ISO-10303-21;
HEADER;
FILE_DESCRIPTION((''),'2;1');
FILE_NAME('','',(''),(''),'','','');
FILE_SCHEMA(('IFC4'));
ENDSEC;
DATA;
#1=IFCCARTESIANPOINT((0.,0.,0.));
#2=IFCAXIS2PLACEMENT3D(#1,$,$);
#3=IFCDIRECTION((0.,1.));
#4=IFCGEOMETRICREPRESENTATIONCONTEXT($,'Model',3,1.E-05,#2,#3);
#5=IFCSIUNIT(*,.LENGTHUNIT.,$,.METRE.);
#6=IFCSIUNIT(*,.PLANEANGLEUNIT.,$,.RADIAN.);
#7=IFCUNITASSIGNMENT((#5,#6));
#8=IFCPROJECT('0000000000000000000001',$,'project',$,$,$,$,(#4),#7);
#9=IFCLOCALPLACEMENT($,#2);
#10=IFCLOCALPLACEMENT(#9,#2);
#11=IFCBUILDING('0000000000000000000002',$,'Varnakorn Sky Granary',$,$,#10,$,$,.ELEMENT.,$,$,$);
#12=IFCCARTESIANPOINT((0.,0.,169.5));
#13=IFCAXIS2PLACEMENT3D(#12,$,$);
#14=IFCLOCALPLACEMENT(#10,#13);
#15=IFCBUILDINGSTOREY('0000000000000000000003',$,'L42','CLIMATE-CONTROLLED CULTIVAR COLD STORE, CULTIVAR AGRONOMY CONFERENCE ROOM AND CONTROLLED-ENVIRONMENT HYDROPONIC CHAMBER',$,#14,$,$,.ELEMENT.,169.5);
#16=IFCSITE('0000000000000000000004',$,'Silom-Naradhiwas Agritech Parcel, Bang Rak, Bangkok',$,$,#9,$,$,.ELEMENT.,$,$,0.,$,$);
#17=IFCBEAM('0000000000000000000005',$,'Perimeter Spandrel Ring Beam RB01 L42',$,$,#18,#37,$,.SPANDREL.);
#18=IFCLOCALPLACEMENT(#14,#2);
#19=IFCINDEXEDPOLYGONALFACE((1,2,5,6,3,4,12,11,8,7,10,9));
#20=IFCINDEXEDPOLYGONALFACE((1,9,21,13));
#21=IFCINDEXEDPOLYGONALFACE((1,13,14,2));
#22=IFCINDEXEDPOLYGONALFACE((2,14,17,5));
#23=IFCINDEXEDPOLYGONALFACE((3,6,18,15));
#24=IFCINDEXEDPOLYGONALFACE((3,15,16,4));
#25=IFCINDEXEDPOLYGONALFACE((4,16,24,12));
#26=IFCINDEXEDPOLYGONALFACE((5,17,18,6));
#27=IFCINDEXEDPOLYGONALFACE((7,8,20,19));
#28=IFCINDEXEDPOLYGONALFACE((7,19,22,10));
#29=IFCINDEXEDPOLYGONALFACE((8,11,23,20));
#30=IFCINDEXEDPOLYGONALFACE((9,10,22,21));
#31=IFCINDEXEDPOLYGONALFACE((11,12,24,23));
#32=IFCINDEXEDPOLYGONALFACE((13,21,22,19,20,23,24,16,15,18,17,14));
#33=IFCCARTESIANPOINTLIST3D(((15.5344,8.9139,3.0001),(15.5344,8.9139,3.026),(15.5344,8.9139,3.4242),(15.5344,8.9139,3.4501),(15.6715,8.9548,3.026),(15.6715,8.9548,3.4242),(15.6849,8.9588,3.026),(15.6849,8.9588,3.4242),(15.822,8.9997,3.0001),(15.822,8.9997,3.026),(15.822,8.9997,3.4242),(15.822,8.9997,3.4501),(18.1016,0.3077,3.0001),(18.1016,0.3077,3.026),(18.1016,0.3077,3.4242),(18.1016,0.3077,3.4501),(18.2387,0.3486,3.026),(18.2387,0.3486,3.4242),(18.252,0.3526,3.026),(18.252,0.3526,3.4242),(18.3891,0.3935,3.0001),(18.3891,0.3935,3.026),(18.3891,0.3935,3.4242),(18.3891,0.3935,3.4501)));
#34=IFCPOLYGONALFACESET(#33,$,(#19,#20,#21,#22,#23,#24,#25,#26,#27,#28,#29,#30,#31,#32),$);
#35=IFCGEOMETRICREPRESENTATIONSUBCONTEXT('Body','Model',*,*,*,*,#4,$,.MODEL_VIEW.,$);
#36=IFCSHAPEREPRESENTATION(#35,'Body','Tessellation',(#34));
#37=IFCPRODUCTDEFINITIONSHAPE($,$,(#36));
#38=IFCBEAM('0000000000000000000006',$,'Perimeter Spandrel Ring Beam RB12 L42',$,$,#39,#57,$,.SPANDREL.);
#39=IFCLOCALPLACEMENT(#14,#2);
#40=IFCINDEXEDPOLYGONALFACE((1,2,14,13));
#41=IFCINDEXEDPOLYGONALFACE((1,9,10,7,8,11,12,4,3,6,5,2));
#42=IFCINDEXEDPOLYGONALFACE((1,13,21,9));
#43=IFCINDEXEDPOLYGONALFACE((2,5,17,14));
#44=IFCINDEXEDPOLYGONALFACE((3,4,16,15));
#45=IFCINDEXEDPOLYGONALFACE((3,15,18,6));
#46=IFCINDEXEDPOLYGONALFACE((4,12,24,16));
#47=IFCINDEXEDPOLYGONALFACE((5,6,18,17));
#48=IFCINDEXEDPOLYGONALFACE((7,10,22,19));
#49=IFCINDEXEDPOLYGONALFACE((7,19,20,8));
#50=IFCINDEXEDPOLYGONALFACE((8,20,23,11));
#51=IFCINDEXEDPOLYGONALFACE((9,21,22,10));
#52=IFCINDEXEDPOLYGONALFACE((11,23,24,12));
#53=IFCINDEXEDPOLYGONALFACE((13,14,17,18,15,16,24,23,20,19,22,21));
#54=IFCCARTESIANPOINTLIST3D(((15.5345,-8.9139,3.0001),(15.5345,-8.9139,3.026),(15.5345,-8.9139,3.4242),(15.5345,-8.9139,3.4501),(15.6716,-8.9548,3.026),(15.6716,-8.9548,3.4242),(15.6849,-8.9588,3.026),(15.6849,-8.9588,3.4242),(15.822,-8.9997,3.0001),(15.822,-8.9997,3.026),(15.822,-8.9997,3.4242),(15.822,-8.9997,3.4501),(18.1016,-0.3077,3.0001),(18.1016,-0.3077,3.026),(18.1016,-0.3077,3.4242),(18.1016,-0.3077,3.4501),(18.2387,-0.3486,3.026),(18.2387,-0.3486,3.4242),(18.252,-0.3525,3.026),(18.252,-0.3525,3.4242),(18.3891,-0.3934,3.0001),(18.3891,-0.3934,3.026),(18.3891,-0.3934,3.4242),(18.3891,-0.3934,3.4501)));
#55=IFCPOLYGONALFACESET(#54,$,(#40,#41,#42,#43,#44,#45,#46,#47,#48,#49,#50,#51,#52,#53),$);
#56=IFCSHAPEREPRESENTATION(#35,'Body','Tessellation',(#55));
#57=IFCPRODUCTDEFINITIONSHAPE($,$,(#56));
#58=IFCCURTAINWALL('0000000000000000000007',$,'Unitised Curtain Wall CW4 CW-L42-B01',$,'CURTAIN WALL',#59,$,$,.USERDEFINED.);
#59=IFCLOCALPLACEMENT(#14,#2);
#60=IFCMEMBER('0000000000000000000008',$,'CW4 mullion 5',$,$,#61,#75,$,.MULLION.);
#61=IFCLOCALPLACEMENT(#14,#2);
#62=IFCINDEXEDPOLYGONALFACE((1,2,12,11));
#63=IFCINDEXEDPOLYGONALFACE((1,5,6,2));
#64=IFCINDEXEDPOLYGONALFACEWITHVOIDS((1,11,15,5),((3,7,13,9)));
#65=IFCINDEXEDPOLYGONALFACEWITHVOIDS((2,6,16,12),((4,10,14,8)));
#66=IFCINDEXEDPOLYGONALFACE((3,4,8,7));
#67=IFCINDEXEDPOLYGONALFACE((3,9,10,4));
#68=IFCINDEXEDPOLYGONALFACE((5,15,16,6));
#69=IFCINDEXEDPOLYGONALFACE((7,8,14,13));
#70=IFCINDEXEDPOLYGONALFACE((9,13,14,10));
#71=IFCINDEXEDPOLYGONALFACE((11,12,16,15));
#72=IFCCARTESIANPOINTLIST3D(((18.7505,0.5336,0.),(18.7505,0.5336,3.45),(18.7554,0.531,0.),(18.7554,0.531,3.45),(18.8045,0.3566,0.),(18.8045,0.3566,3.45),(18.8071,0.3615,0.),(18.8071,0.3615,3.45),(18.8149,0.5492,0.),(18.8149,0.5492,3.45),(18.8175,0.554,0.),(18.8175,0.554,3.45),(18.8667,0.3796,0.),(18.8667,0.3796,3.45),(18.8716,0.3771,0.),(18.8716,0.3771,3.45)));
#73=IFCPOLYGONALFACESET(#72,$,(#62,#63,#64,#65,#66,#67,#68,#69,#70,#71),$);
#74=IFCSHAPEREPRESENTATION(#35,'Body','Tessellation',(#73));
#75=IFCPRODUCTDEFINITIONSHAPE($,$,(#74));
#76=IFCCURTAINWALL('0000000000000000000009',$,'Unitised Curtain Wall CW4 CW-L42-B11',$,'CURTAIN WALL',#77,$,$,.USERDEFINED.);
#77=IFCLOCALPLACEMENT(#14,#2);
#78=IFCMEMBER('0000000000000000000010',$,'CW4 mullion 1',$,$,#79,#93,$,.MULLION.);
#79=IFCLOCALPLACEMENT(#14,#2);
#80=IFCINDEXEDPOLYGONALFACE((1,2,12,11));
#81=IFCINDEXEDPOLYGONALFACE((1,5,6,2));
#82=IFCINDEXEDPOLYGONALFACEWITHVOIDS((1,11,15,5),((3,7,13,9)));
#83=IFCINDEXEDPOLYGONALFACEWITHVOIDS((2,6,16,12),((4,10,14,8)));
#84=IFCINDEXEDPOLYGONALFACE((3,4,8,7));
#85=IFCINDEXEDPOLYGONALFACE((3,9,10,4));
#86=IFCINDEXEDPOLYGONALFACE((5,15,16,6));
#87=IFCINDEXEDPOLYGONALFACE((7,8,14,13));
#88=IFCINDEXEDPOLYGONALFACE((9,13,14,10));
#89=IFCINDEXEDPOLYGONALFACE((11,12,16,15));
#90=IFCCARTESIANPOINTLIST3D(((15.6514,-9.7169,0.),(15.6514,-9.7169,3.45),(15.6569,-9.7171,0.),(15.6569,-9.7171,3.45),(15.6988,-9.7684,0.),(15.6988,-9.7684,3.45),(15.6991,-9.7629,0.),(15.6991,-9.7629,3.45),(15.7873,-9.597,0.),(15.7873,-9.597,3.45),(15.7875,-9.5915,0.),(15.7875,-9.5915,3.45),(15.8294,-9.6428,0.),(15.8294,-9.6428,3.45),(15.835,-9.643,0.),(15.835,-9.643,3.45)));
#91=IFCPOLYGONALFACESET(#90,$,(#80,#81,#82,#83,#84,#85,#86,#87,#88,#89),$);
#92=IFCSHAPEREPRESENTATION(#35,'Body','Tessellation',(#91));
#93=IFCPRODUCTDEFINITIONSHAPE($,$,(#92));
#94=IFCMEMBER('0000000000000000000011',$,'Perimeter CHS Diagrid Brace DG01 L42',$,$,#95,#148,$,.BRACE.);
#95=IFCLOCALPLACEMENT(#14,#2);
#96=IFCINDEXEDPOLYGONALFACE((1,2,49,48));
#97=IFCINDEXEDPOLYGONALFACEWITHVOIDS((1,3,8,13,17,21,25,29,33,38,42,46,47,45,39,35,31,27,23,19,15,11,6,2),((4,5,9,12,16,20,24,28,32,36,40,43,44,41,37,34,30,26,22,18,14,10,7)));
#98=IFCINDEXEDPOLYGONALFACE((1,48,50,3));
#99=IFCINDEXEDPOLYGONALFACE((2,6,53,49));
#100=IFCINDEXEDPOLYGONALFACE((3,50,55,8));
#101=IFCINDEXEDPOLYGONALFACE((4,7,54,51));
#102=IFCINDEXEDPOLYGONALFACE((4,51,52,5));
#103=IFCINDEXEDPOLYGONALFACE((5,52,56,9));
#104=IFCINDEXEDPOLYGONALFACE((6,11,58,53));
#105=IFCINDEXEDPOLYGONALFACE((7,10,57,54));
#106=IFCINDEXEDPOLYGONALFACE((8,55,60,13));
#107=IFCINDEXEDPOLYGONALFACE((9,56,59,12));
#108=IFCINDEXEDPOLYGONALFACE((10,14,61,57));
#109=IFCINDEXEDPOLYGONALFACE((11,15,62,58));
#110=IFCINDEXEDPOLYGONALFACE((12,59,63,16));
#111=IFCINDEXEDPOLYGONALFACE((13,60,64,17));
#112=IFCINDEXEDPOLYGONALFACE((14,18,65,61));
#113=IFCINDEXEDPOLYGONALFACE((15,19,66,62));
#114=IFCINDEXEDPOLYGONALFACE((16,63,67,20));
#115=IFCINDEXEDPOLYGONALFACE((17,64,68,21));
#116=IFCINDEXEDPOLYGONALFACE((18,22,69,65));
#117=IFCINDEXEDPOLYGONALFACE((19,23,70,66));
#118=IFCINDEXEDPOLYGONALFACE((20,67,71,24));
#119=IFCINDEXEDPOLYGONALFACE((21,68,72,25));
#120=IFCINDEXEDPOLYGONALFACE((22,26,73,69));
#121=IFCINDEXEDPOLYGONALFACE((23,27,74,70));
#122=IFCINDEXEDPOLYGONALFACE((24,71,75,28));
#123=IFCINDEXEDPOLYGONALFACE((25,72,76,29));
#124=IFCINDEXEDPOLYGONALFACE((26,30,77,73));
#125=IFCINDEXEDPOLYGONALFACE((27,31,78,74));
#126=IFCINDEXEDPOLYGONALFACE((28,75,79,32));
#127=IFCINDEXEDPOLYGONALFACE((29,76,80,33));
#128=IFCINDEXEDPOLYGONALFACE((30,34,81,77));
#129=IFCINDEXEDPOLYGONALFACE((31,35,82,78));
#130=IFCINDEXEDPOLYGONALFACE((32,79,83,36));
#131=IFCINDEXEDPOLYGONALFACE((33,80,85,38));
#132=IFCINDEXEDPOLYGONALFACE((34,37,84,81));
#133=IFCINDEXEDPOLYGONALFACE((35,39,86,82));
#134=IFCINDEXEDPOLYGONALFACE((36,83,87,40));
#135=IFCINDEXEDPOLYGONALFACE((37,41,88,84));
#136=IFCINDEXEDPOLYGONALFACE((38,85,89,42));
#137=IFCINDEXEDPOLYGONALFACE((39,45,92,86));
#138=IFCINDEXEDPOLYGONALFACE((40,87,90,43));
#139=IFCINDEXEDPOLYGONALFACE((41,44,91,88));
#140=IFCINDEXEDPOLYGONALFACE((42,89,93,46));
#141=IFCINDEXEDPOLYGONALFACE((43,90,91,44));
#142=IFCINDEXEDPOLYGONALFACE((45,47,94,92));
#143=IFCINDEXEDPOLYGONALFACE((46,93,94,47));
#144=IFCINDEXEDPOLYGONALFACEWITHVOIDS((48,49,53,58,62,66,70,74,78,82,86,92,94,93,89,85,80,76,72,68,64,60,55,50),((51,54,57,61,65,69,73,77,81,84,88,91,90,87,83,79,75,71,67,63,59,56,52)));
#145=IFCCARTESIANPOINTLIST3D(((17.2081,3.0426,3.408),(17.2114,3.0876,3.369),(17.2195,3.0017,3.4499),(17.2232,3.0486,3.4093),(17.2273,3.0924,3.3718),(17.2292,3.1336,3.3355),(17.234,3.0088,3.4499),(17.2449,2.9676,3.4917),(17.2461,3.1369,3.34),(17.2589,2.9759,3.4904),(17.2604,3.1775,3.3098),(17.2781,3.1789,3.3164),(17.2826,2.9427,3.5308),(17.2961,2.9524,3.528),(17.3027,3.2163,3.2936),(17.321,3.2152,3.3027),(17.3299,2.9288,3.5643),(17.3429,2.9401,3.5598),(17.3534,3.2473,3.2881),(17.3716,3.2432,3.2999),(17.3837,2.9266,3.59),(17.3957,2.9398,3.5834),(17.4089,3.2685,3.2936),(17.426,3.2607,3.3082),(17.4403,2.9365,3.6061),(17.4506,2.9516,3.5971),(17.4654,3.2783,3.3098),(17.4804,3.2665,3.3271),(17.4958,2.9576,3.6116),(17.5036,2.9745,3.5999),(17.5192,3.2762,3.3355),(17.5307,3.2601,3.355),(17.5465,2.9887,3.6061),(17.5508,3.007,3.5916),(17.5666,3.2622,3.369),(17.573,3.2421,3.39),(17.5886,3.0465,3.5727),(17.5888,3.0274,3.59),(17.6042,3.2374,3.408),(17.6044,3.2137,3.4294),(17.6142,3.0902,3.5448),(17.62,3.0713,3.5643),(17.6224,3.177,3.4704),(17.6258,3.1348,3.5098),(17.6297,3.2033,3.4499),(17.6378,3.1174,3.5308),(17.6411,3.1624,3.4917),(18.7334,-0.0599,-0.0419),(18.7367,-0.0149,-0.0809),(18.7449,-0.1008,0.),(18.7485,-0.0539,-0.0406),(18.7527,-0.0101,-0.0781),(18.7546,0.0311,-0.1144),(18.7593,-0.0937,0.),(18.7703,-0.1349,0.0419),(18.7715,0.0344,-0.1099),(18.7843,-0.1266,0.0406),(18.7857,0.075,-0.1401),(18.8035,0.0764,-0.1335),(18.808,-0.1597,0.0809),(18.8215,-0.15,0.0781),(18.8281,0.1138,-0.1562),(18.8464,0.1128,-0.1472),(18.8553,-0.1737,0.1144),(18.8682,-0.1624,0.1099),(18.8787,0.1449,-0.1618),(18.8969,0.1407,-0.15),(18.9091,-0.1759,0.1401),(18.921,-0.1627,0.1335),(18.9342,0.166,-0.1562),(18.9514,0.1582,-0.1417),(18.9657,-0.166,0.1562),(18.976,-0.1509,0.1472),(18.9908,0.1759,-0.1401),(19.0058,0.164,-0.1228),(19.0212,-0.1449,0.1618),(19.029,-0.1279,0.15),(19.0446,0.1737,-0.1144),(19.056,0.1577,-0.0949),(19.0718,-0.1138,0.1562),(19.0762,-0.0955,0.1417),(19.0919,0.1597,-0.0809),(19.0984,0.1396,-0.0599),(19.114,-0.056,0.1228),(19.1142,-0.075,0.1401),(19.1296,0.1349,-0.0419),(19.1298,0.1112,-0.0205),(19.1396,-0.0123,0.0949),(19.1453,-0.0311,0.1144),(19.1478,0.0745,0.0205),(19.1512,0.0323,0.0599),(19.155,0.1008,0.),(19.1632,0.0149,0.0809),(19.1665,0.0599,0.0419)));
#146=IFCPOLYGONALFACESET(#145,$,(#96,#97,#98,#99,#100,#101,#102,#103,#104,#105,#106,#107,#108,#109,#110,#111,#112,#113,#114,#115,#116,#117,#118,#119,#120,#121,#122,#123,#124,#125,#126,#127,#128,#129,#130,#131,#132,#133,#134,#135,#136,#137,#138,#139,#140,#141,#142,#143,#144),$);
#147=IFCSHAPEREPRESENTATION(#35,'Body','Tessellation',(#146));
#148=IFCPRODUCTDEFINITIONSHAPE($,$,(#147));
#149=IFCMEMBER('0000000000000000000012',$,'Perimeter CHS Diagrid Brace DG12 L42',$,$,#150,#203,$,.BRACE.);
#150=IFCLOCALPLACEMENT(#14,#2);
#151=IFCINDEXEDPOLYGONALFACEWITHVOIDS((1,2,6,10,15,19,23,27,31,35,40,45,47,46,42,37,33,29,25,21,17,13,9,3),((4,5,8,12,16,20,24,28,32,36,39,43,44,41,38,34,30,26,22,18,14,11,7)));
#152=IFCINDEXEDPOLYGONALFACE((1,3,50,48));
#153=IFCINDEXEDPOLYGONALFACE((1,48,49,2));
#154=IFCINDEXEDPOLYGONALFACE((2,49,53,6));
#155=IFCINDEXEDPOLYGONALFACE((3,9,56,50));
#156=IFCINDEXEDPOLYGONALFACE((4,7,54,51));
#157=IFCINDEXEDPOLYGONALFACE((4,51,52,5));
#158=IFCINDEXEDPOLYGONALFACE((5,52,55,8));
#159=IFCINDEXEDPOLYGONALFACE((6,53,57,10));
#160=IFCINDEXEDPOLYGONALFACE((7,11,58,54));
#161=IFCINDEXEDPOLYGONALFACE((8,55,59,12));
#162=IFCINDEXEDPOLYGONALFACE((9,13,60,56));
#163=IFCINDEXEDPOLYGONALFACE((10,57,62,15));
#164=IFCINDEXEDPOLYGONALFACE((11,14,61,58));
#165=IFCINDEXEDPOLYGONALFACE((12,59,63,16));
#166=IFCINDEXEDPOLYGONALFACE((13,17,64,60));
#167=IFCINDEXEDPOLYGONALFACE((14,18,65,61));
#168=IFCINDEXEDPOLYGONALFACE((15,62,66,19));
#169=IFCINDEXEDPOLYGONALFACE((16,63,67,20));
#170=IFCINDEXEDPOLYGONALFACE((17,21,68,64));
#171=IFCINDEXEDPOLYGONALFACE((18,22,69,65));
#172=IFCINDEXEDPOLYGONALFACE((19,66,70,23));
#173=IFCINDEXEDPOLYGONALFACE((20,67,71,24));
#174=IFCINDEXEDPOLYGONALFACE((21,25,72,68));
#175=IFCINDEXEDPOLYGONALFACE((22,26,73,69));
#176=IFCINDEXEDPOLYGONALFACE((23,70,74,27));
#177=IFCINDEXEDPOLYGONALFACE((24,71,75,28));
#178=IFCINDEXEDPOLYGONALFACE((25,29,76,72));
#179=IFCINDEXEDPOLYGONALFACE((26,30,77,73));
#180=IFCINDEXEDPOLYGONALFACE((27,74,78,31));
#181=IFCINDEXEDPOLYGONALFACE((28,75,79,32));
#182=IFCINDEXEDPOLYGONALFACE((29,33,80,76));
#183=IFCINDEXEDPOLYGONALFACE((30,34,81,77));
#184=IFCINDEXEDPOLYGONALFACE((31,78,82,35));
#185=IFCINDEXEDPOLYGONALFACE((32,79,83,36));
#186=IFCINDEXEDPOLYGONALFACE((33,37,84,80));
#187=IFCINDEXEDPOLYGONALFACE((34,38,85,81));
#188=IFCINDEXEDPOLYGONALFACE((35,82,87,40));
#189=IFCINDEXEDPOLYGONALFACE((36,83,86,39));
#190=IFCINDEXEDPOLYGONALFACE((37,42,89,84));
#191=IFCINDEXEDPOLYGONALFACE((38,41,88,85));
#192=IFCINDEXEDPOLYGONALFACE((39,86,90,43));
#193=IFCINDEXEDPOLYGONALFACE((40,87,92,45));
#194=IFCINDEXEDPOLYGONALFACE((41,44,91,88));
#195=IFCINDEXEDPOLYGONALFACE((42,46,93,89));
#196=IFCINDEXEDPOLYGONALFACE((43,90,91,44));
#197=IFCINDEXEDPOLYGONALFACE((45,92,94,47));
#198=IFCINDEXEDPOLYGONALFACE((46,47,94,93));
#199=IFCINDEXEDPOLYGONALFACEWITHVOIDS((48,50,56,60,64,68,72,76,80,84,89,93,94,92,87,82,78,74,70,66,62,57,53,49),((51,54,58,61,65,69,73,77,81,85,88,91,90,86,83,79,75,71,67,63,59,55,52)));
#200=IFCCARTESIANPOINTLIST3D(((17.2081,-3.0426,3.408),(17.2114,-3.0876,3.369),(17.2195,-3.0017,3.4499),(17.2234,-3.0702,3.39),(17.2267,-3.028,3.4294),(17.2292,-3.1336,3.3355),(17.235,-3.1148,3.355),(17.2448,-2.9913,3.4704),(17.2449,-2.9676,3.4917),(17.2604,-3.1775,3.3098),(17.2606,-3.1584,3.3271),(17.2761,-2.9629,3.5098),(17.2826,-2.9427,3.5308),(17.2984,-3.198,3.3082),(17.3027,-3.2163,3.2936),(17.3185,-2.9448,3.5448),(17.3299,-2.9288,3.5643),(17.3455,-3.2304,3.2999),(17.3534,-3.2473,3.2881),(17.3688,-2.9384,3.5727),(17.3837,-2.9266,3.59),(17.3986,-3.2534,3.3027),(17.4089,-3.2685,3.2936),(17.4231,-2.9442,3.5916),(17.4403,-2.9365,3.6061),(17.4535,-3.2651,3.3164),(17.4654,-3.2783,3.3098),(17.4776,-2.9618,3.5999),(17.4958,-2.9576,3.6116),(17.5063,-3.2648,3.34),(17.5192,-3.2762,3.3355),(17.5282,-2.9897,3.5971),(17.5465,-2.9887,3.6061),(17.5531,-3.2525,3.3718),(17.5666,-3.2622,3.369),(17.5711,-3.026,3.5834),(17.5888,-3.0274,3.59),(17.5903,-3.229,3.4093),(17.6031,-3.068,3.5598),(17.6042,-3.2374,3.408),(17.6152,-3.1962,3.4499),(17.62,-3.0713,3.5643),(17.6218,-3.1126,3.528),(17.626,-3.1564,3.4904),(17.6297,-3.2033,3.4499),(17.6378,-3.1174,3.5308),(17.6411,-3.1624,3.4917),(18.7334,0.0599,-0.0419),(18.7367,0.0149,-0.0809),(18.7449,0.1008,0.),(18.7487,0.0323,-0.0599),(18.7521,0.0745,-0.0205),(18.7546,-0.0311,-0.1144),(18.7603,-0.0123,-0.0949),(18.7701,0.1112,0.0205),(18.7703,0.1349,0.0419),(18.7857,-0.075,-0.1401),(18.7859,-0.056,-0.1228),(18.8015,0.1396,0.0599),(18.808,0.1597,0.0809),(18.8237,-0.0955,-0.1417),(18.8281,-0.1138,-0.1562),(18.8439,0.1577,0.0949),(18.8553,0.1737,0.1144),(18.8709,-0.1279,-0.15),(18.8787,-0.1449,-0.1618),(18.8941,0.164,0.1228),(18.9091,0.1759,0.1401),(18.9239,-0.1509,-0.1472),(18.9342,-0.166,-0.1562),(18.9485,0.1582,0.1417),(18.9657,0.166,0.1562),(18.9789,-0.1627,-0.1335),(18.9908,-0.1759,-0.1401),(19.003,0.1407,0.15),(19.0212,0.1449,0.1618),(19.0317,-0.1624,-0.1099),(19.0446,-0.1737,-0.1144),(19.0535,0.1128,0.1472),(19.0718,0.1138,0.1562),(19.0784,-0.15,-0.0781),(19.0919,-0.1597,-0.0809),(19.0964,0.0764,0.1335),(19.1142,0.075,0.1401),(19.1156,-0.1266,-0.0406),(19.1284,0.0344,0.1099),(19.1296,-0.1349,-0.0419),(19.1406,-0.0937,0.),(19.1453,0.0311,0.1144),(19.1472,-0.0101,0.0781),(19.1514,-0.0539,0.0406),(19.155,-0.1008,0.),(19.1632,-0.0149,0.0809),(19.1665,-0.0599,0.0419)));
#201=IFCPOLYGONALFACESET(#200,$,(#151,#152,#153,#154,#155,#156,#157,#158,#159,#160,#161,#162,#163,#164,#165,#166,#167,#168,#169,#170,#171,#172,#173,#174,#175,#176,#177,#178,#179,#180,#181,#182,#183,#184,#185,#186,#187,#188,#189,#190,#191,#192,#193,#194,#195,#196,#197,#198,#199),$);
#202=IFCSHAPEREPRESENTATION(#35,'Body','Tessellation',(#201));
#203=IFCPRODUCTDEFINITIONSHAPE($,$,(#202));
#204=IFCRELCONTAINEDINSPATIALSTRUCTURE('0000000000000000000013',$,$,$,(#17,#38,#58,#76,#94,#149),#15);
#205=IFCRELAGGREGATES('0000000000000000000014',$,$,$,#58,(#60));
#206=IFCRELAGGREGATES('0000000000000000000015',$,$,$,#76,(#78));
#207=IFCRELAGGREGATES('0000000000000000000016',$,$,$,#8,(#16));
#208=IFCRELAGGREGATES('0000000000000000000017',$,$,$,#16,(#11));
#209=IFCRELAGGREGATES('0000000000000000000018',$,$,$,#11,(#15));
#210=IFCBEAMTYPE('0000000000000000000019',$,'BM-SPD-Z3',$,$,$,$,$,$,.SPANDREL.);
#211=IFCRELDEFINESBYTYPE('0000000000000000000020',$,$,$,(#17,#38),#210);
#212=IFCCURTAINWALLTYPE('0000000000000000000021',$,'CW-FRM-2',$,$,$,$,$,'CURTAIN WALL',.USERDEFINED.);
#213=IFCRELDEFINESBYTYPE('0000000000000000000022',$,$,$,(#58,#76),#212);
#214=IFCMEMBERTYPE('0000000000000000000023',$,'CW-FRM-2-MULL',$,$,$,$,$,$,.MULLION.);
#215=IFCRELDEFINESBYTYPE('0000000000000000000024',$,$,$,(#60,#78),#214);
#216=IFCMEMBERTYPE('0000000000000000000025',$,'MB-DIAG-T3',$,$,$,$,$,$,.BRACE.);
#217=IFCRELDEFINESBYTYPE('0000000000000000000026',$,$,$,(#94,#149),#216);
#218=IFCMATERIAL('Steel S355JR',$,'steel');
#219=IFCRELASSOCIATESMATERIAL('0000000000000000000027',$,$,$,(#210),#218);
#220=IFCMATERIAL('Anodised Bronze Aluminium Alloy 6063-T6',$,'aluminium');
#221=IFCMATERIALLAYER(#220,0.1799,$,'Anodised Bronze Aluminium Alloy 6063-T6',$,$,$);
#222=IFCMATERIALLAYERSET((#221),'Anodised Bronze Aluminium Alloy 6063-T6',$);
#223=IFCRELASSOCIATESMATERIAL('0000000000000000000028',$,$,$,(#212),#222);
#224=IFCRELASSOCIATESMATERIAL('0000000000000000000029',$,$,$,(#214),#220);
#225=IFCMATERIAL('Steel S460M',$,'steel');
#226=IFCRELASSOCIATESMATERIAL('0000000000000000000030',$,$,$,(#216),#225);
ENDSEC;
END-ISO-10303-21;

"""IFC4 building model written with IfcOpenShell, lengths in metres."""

from ifc_helpers import new_model, si_unit, direction, frame, origin, origin_2d, place, context, subcontext, project, spatial, hollow_rectangle, hollow_circle, i_section, extrude, material, layer, layer_set, material_profile, profile_set, type_object, element, aggregate, save


model = new_model("IFC4")

# Units and contexts
model_context = context("Model", 3, precision=1e-05, world=origin(), true_north=direction((0.0, 1.0)))
body_context = subcontext(model_context, "Body", "Model", "MODEL_VIEW")
ifc_project = project(units=[si_unit("LENGTHUNIT", "METRE"), si_unit("PLANEANGLEUNIT", "RADIAN")], contexts=[model_context])

# Site, building, storey
site_placement = place(None, origin())
site = spatial("IfcSite", under=ifc_project, at=site_placement, Name="Silom-Naradhiwas Agritech Parcel, Bang Rak, Bangkok", CompositionType="ELEMENT", RefElevation=0.0)
building_placement = place(site_placement, origin())
building = spatial("IfcBuilding", under=site, at=building_placement, Name="Varnakorn Sky Granary", CompositionType="ELEMENT")
storey_placement = place(building_placement, frame((0.0, 0.0, 169.5)))
storey = spatial("IfcBuildingStorey", under=building, at=storey_placement, Name="L42", Description="CLIMATE-CONTROLLED CULTIVAR COLD STORE, CULTIVAR AGRONOMY CONFERENCE ROOM AND CONTROLLED-ENVIRONMENT HYDROPONIC CHAMBER", CompositionType="ELEMENT", Elevation=169.5)

# Shared definitions
ifc_material_1 = material(Name="Steel S460M", Category="steel")

# Beams
ifc_material_2 = material(Name="Steel S355JR", Category="steel")
ifc_material_profile_1 = material_profile(ifc_material_2, i_section(OverallWidth=0.3, OverallDepth=0.45, WebThickness=0.0139, FlangeThickness=0.0259, at=origin_2d()), Name="HE 450 B")
ifc_profile_set_1 = profile_set([ifc_material_profile_1], Name="Steel S355JR")
beam_type_1 = type_object("IfcBeamType", Name="BM-SPD-Z3", PredefinedType="SPANDREL", material=ifc_profile_set_1)
for number, where, z_axis, x_axis, name in (
    (1, (18.2454, 0.3506, 3.2251), (-0.285844, 0.958276, 0.0), (-0.958276, -0.285844, 0.0), "Perimeter Spandrel Ring Beam RB01 L42"),
    (2, (15.6782, -8.9568, 3.2251), (0.285844, 0.958276, 0.0), (-0.958276, 0.285844, 0.0), "Perimeter Spandrel Ring Beam RB12 L42"),
):
    element("IfcBeam", number, at=place(storey_placement, frame(where, z_axis=z_axis, x_axis=x_axis)), inside=storey, type_object=beam_type_1, Name=name, PredefinedType="SPANDREL", context=body_context, shape_type="SweptSolid", body=[
        extrude(i_section(OverallWidth=0.3, OverallDepth=0.45, WebThickness=0.0139, FlangeThickness=0.0259, at=origin_2d()), origin(), (0.0, 0.0, 1.0), 8.981),
    ])

# Curtain walls, members
ifc_material_3 = material(Name="Anodised Bronze Aluminium Alloy 6063-T6", Category="aluminium")
ifc_layer_1 = layer(ifc_material_3, 0.1799, Name="Anodised Bronze Aluminium Alloy 6063-T6")
ifc_layer_set_1 = layer_set([ifc_layer_1], Name="Anodised Bronze Aluminium Alloy 6063-T6")
curtain_wall_type = type_object("IfcCurtainWallType", Name="CW-FRM-2", ElementType="CURTAIN WALL", PredefinedType="USERDEFINED", material=ifc_layer_set_1)
curtain_wall_1_placement = place(storey_placement, origin())
curtain_wall_1 = element("IfcCurtainWall", 3, at=curtain_wall_1_placement, inside=storey, type_object=curtain_wall_type, Name="Unitised Curtain Wall CW4 CW-L42-B01", ObjectType="CURTAIN WALL", PredefinedType="USERDEFINED")
ifc_material_profile_2 = material_profile(ifc_material_3, hollow_rectangle(XDim=0.0701, YDim=0.1851, WallThickness=0.0039, at=origin_2d()), Name="ALU MULL 70x185")
ifc_profile_set_2 = profile_set([ifc_material_profile_2], Name="Anodised Bronze Aluminium Alloy 6063-T6")
member_type_1 = type_object("IfcMemberType", Name="CW-FRM-2-MULL", PredefinedType="MULLION", material=ifc_profile_set_2)
member_1_placement = place(storey_placement, frame((18.811, 0.4553, 0.0), z_axis=(0.0, 0.0, 1.0), x_axis=(0.956426, 0.291975, 0.0)))
member_1 = element("IfcMember", 4, at=member_1_placement, type_object=member_type_1, Name="CW4 mullion 5", PredefinedType="MULLION", context=body_context, shape_type="SweptSolid", body=[
    extrude(hollow_rectangle(XDim=0.0701, YDim=0.1851, WallThickness=0.0039, at=origin_2d()), origin(), (0.0, 0.0, 1.0), 3.45),
])
aggregate(curtain_wall_1, [member_1])
curtain_wall_2_placement = place(storey_placement, origin())
curtain_wall_2 = element("IfcCurtainWall", 5, at=curtain_wall_2_placement, inside=storey, type_object=curtain_wall_type, Name="Unitised Curtain Wall CW4 CW-L42-B11", ObjectType="CURTAIN WALL", PredefinedType="USERDEFINED")
member_2_placement = place(storey_placement, frame((15.7432, -9.6799, 0.0), z_axis=(0.0, 0.0, 1.0), x_axis=(0.677548, -0.735479, 0.0)))
member_2 = element("IfcMember", 6, at=member_2_placement, type_object=member_type_1, Name="CW4 mullion 1", PredefinedType="MULLION", context=body_context, shape_type="SweptSolid", body=[
    extrude(hollow_rectangle(XDim=0.0701, YDim=0.1851, WallThickness=0.0039, at=origin_2d()), origin(), (0.0, 0.0, 1.0), 3.45),
])
aggregate(curtain_wall_2, [member_2])

# Members
ifc_material_profile_3 = material_profile(ifc_material_1, hollow_circle(Radius=0.2285, WallThickness=0.0161, at=origin_2d()), Name="CHS 457x16")
ifc_profile_set_3 = profile_set([ifc_material_profile_3], Name="Steel S460M")
member_type_2 = type_object("IfcMemberType", Name="MB-DIAG-T3", PredefinedType="BRACE", material=ifc_profile_set_3)
for number, where, z_axis, x_axis, name in (
    (7, (18.95, 0.0, 0.0), (-0.312316, 0.635229, 0.706359), (-0.897401, -0.441215, 0.0), "Perimeter CHS Diagrid Brace DG01 L42"),
    (8, (18.95, 0.0, 0.0), (-0.312316, -0.635229, 0.706359), (0.897401, -0.441215, 0.0), "Perimeter CHS Diagrid Brace DG12 L42"),
):
    element("IfcMember", number, at=place(storey_placement, frame(where, z_axis=z_axis, x_axis=x_axis)), inside=storey, type_object=member_type_2, Name=name, PredefinedType="BRACE", context=body_context, shape_type="SweptSolid", body=[
        extrude(hollow_circle(Radius=0.2285, WallThickness=0.0161, at=origin_2d()), origin(), (0.0, 0.0, 1.0), 4.884),
    ])

save(model, "model.ifc")
